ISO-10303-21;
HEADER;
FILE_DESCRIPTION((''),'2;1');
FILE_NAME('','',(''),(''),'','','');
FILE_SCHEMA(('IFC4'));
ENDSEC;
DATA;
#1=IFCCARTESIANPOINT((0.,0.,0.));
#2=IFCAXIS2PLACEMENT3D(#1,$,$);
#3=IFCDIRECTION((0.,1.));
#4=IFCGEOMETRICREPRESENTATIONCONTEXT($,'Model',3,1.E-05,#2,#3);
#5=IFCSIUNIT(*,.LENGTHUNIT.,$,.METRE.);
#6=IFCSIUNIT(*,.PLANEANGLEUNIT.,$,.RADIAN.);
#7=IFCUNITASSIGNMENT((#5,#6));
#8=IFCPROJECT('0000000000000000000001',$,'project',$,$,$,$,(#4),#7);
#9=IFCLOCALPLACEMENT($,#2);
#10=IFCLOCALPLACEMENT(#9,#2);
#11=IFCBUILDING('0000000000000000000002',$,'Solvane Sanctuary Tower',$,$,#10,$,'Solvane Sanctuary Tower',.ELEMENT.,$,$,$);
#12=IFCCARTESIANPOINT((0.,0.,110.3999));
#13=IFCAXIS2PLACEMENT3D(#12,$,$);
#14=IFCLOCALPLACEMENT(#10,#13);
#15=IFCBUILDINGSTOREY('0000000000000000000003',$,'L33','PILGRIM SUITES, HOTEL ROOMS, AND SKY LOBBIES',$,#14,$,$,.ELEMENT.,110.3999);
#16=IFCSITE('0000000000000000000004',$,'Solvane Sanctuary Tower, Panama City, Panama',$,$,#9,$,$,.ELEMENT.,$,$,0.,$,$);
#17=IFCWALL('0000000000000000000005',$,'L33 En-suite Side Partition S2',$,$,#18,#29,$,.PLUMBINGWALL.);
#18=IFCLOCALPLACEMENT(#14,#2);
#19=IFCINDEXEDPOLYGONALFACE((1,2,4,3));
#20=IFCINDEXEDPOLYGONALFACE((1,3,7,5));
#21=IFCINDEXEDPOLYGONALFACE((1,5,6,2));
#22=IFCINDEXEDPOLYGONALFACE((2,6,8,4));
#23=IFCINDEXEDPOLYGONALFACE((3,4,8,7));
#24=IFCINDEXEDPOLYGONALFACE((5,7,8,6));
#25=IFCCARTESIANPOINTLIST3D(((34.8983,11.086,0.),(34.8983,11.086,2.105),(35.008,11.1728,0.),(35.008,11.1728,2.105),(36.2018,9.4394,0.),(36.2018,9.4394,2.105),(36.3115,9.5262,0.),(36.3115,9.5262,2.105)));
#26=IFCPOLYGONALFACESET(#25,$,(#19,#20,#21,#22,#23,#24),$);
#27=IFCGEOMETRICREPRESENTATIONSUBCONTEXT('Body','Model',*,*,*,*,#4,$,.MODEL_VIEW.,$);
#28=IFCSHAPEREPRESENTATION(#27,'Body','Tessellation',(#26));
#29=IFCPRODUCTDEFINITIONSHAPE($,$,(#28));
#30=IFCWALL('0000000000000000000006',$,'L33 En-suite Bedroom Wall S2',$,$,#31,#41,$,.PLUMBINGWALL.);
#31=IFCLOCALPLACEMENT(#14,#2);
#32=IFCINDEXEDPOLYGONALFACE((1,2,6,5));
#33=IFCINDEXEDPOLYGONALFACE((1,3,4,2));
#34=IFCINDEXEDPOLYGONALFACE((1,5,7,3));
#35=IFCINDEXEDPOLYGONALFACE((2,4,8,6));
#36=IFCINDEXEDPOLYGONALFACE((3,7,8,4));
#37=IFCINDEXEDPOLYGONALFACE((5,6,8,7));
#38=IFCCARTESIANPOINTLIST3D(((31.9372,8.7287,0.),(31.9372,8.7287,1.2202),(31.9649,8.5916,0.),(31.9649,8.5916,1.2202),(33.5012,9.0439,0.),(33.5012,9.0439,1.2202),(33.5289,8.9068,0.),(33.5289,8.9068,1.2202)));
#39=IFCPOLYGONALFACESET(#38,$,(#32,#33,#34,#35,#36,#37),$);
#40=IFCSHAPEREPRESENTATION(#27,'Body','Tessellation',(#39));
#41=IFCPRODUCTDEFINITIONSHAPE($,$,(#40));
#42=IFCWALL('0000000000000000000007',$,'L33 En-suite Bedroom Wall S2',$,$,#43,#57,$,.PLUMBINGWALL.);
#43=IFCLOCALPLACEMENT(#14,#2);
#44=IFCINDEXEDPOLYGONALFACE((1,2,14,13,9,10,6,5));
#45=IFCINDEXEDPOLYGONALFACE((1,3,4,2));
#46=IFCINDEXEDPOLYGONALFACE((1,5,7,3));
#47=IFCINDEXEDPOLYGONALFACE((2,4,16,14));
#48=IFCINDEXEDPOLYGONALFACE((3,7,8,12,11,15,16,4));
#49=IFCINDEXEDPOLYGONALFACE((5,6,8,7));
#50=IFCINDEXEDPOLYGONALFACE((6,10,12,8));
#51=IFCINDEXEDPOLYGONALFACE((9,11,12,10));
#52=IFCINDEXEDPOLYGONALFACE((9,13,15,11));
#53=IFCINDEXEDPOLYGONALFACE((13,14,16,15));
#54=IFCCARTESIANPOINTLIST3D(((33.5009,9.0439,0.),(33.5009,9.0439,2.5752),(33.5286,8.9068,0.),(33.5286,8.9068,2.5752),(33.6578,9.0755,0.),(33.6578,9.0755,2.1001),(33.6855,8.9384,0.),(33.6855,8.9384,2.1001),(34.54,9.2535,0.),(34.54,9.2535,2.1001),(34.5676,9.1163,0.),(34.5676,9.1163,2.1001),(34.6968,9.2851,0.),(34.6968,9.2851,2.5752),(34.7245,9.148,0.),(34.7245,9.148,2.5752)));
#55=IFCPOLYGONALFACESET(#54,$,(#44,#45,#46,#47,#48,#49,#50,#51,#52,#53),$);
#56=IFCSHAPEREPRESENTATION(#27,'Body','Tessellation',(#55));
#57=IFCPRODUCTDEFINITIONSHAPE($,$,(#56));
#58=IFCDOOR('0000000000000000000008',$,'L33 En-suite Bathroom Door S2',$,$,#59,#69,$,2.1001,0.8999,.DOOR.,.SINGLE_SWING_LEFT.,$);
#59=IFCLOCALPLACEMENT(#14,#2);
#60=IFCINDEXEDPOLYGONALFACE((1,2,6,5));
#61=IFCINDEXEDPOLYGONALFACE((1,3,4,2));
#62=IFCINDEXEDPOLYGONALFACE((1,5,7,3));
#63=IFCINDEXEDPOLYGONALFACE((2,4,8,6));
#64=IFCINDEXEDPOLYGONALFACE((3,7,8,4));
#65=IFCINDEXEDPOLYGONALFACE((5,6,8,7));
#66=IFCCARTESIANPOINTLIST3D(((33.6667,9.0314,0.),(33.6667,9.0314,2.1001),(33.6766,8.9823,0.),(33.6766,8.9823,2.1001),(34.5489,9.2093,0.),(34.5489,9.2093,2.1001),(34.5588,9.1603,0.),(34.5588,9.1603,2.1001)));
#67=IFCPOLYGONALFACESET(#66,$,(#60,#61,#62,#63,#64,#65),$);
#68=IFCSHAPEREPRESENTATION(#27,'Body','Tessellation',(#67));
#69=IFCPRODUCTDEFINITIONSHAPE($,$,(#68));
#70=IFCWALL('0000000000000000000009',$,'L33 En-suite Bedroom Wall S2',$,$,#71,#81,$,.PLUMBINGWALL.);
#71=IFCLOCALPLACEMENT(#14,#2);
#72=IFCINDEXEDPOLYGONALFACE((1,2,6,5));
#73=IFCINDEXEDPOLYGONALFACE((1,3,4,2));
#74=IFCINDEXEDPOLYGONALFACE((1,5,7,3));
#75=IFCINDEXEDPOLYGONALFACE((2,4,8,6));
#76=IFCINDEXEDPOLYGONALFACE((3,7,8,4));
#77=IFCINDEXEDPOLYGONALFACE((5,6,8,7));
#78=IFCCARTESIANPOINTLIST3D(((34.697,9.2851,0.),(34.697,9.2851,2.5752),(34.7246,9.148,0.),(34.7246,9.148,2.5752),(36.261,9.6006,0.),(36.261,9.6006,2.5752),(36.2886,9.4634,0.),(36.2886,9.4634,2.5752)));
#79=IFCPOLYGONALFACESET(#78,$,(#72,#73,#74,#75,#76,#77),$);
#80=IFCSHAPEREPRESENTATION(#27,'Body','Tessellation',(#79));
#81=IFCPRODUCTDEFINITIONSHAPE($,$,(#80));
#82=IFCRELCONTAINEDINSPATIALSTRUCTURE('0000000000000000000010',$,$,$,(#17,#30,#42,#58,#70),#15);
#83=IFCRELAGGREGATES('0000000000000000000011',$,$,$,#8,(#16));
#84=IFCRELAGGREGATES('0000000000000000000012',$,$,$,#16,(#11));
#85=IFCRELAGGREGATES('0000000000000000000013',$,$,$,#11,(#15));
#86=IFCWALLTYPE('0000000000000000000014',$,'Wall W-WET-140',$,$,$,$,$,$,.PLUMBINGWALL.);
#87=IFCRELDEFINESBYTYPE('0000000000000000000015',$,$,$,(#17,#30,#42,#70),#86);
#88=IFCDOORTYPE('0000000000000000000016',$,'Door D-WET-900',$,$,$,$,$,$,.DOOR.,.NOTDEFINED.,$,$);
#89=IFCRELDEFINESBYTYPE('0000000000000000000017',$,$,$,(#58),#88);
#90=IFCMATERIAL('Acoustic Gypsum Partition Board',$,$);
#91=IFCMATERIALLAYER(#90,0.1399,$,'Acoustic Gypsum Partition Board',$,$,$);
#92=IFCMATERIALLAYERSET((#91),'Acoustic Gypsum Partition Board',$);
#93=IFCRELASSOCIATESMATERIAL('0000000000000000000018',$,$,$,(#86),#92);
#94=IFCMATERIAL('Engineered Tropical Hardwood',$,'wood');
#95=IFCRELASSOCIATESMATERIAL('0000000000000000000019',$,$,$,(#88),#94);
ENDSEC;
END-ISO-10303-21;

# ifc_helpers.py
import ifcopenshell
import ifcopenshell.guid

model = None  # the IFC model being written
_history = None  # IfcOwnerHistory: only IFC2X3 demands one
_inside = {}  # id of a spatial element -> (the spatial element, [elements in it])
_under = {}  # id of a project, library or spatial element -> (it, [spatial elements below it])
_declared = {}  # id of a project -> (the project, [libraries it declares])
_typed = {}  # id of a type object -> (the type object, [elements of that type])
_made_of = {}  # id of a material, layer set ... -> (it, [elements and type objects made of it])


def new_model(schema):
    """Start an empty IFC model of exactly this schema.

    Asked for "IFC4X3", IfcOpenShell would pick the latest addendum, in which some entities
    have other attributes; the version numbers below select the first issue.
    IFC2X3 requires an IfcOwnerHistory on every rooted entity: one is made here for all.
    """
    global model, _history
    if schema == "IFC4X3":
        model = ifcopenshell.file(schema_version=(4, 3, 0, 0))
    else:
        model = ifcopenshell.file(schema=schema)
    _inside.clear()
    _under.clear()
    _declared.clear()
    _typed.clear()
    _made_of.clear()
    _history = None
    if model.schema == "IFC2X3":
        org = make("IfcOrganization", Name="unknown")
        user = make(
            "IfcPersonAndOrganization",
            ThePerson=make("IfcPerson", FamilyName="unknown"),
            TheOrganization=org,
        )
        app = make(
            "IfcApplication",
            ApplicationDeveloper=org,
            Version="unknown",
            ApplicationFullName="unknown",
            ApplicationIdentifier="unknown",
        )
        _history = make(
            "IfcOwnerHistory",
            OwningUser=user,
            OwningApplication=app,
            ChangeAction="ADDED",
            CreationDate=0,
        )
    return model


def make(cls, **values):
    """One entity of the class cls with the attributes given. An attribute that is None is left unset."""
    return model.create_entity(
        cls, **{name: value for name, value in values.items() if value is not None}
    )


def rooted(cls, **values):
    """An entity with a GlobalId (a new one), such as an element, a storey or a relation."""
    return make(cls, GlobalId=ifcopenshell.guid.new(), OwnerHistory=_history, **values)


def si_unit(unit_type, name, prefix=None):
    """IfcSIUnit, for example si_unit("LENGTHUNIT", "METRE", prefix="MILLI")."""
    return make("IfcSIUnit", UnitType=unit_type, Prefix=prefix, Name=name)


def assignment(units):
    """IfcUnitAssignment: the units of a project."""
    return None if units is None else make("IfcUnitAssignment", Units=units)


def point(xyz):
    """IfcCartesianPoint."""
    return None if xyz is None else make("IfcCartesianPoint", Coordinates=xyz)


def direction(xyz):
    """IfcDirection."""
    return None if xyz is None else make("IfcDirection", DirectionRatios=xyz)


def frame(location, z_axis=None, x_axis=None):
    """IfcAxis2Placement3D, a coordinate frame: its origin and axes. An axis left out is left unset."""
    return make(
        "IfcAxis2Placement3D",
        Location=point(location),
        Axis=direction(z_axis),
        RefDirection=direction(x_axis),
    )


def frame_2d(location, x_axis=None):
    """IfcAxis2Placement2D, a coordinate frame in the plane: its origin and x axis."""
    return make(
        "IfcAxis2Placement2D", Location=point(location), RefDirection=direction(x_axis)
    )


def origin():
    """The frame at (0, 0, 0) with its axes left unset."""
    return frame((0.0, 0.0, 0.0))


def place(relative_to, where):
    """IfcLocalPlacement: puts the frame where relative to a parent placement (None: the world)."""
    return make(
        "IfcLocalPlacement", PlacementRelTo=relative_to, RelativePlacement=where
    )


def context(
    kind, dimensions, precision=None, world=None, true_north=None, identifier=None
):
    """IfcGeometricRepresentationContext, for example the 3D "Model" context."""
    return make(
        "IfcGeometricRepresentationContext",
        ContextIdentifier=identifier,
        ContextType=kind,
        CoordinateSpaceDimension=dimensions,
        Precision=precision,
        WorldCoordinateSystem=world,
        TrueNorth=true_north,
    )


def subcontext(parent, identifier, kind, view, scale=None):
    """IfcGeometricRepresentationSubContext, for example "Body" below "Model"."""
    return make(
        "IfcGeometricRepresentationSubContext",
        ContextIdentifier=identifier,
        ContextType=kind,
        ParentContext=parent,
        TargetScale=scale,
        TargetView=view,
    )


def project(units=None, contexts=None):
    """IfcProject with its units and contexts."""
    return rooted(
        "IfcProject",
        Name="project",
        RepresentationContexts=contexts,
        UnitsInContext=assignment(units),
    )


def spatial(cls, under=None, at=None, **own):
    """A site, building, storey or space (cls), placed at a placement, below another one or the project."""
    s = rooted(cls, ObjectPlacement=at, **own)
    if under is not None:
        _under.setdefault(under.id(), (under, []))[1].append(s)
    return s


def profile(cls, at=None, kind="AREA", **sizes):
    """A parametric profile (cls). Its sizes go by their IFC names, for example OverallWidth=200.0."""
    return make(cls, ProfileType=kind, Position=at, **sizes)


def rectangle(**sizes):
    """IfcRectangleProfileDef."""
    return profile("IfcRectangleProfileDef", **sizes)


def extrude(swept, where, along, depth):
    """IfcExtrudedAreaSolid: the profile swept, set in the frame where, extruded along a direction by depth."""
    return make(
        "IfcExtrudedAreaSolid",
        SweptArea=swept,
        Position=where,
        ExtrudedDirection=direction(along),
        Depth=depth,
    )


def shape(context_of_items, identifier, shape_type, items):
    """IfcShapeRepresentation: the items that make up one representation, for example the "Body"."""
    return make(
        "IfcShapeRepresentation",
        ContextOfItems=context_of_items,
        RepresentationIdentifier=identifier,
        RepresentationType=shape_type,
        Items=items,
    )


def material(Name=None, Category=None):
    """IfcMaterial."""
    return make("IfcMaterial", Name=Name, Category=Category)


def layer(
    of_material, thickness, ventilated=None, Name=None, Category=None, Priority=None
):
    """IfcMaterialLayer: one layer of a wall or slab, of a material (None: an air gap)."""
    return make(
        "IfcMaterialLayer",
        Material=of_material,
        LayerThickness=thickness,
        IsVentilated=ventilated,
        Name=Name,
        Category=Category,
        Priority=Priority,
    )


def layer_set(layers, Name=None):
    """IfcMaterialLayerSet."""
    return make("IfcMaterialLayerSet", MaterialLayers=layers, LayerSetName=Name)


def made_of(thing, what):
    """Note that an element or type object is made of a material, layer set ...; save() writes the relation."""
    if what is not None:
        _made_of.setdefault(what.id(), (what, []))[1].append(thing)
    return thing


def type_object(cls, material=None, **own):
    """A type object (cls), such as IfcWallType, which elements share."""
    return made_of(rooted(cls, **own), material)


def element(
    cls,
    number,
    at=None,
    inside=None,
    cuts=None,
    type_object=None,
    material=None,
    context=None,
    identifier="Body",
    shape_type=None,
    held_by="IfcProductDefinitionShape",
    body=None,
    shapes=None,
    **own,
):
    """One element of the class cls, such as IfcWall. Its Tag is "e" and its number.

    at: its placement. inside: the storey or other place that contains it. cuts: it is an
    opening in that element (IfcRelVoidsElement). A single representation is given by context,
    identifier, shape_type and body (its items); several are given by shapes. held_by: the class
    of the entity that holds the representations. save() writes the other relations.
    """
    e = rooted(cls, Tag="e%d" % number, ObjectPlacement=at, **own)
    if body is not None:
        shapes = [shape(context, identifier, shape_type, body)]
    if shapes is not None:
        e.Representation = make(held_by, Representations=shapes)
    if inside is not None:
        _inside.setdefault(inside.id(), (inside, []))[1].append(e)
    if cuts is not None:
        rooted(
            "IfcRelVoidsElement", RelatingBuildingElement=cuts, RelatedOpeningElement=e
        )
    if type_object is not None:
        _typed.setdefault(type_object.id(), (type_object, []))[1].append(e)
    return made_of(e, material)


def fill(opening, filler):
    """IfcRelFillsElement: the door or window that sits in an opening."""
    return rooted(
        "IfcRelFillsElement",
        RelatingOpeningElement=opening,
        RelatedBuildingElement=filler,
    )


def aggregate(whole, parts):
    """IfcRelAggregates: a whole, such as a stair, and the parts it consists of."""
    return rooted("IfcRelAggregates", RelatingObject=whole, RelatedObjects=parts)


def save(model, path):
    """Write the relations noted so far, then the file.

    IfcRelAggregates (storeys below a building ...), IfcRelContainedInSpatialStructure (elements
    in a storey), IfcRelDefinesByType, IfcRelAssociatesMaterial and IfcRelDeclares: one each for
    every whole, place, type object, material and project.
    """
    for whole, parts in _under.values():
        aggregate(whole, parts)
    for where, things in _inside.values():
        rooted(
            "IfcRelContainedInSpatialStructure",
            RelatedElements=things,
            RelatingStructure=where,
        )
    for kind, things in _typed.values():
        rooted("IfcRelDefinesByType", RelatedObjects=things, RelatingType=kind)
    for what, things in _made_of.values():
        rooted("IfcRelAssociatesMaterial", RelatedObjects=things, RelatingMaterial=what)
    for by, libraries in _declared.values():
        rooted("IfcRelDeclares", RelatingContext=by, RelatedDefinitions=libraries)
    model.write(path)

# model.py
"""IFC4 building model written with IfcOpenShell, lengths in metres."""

from ifc_helpers import new_model, si_unit, direction, frame, frame_2d, origin, place, context, subcontext, project, spatial, rectangle, extrude, material, layer, layer_set, type_object, element, fill, save


model = new_model("IFC4")

# Units and contexts
model_context = context("Model", 3, precision=1e-05, world=origin(), true_north=direction((0.0, 1.0)))
body_context = subcontext(model_context, "Body", "Model", "MODEL_VIEW")
ifc_project = project(units=[si_unit("LENGTHUNIT", "METRE"), si_unit("PLANEANGLEUNIT", "RADIAN")], contexts=[model_context])

# Site, building, storey
site_placement = place(None, origin())
site = spatial("IfcSite", under=ifc_project, at=site_placement, Name="Solvane Sanctuary Tower, Panama City, Panama", CompositionType="ELEMENT", RefElevation=0.0)
building_placement = place(site_placement, origin())
building = spatial("IfcBuilding", under=site, at=building_placement, Name="Solvane Sanctuary Tower", LongName="Solvane Sanctuary Tower", CompositionType="ELEMENT")
storey_placement = place(building_placement, frame((0.0, 0.0, 110.3999)))
storey = spatial("IfcBuildingStorey", under=building, at=storey_placement, Name="L33", Description="PILGRIM SUITES, HOTEL ROOMS, AND SKY LOBBIES", CompositionType="ELEMENT", Elevation=110.3999)

# Shared definitions
ifc_material_1 = material(Name="Acoustic Gypsum Partition Board")

# Shared definitions
ifc_material_2 = material(Name="Engineered Tropical Hardwood", Category="wood")

# Walls
ifc_layer_1 = layer(ifc_material_1, 0.1399, Name="Acoustic Gypsum Partition Board")
ifc_layer_set_1 = layer_set([ifc_layer_1], Name="Acoustic Gypsum Partition Board")
wall_type_1 = type_object("IfcWallType", Name="Wall W-WET-140", PredefinedType="PLUMBINGWALL", material=ifc_layer_set_1)
wall_1_placement = place(storey_placement, frame((34.9531, 11.1294, 0.0), z_axis=(0.0, 0.0, 1.0), x_axis=(0.620703, -0.784046, 0.0)))
element("IfcWall", 1, at=wall_1_placement, inside=storey, type_object=wall_type_1, Name="L33 En-suite Side Partition S2", PredefinedType="PLUMBINGWALL", context=body_context, shape_type="SweptSolid", body=[
    extrude(rectangle(XDim=2.1001, YDim=0.1399, at=frame_2d((1.05, 0.0))), origin(), (0.0, 0.0, 1.0), 2.105),
])
wall_2_placement = place(storey_placement, frame((31.9509, 8.6602, 0.0), z_axis=(0.0, 0.0, 1.0), x_axis=(0.980291, 0.197558, 0.0)))
element("IfcWall", 2, at=wall_2_placement, inside=storey, type_object=wall_type_1, Name="L33 En-suite Bedroom Wall S2", PredefinedType="PLUMBINGWALL", context=body_context, shape_type="SweptSolid", body=[
    extrude(rectangle(XDim=1.5955, YDim=0.1399, at=frame_2d((0.7979, 0.0))), origin(), (0.0, 0.0, 1.0), 1.2202),
])

# Wall, opening, door
wall_3_placement = place(storey_placement, frame((33.5149, 8.9753, 0.0), z_axis=(0.0, 0.0, 1.0), x_axis=(0.980256, 0.197732, 0.0)))
wall_3 = element("IfcWall", 3, at=wall_3_placement, inside=storey, type_object=wall_type_1, Name="L33 En-suite Bedroom Wall S2", PredefinedType="PLUMBINGWALL", context=body_context, shape_type="SweptSolid", body=[
    extrude(rectangle(XDim=1.22, YDim=0.1399, at=frame_2d((0.6099, 0.0))), origin(), (0.0, 0.0, 1.0), 2.5752),
])
opening_1_placement = place(wall_3_placement, frame((0.1599, 0.0, 0.0)))
opening_1 = element("IfcOpeningElement", 4, at=opening_1_placement, cuts=wall_3, PredefinedType="OPENING", context=body_context, shape_type="SweptSolid", body=[
    extrude(rectangle(XDim=0.8999, YDim=2.1001, at=frame_2d((0.45, 1.05))), frame((0.0, 0.0798, 0.0), z_axis=(0.0, -1.0, 0.0), x_axis=(1.0, 0.0, 0.0)), (0.0, 0.0, 1.0), 0.1599),
])
door_type_1 = type_object("IfcDoorType", Name="Door D-WET-900", OperationType="NOTDEFINED", PredefinedType="DOOR", material=ifc_material_2)
door_1_placement = place(opening_1_placement, origin())
door_1 = element("IfcDoor", 5, at=door_1_placement, inside=storey, type_object=door_type_1, Name="L33 En-suite Bathroom Door S2", OperationType="SINGLE_SWING_LEFT", OverallHeight=2.1001, OverallWidth=0.8999, PredefinedType="DOOR", context=body_context, shape_type="SweptSolid", body=[
    extrude(rectangle(XDim=0.8999, YDim=2.1001, at=frame_2d((0.45, 1.05))), frame((0.0, 0.0249, 0.0), z_axis=(0.0, -1.0, 0.0), x_axis=(1.0, 0.0, 0.0)), (0.0, 0.0, 1.0), 0.05),
])
fill(opening_1, door_1)

# Wall
wall_4_placement = place(storey_placement, frame((34.7107, 9.2166, 0.0), z_axis=(0.0, 0.0, 1.0), x_axis=(0.980262, 0.197705, 0.0)))
element("IfcWall", 6, at=wall_4_placement, inside=storey, type_object=wall_type_1, Name="L33 En-suite Bedroom Wall S2", PredefinedType="PLUMBINGWALL", context=body_context, shape_type="SweptSolid", body=[
    extrude(rectangle(XDim=1.5955, YDim=0.1399, at=frame_2d((0.7979, 0.0))), origin(), (0.0, 0.0, 1.0), 2.5752),
])

save(model, "model.ifc")
